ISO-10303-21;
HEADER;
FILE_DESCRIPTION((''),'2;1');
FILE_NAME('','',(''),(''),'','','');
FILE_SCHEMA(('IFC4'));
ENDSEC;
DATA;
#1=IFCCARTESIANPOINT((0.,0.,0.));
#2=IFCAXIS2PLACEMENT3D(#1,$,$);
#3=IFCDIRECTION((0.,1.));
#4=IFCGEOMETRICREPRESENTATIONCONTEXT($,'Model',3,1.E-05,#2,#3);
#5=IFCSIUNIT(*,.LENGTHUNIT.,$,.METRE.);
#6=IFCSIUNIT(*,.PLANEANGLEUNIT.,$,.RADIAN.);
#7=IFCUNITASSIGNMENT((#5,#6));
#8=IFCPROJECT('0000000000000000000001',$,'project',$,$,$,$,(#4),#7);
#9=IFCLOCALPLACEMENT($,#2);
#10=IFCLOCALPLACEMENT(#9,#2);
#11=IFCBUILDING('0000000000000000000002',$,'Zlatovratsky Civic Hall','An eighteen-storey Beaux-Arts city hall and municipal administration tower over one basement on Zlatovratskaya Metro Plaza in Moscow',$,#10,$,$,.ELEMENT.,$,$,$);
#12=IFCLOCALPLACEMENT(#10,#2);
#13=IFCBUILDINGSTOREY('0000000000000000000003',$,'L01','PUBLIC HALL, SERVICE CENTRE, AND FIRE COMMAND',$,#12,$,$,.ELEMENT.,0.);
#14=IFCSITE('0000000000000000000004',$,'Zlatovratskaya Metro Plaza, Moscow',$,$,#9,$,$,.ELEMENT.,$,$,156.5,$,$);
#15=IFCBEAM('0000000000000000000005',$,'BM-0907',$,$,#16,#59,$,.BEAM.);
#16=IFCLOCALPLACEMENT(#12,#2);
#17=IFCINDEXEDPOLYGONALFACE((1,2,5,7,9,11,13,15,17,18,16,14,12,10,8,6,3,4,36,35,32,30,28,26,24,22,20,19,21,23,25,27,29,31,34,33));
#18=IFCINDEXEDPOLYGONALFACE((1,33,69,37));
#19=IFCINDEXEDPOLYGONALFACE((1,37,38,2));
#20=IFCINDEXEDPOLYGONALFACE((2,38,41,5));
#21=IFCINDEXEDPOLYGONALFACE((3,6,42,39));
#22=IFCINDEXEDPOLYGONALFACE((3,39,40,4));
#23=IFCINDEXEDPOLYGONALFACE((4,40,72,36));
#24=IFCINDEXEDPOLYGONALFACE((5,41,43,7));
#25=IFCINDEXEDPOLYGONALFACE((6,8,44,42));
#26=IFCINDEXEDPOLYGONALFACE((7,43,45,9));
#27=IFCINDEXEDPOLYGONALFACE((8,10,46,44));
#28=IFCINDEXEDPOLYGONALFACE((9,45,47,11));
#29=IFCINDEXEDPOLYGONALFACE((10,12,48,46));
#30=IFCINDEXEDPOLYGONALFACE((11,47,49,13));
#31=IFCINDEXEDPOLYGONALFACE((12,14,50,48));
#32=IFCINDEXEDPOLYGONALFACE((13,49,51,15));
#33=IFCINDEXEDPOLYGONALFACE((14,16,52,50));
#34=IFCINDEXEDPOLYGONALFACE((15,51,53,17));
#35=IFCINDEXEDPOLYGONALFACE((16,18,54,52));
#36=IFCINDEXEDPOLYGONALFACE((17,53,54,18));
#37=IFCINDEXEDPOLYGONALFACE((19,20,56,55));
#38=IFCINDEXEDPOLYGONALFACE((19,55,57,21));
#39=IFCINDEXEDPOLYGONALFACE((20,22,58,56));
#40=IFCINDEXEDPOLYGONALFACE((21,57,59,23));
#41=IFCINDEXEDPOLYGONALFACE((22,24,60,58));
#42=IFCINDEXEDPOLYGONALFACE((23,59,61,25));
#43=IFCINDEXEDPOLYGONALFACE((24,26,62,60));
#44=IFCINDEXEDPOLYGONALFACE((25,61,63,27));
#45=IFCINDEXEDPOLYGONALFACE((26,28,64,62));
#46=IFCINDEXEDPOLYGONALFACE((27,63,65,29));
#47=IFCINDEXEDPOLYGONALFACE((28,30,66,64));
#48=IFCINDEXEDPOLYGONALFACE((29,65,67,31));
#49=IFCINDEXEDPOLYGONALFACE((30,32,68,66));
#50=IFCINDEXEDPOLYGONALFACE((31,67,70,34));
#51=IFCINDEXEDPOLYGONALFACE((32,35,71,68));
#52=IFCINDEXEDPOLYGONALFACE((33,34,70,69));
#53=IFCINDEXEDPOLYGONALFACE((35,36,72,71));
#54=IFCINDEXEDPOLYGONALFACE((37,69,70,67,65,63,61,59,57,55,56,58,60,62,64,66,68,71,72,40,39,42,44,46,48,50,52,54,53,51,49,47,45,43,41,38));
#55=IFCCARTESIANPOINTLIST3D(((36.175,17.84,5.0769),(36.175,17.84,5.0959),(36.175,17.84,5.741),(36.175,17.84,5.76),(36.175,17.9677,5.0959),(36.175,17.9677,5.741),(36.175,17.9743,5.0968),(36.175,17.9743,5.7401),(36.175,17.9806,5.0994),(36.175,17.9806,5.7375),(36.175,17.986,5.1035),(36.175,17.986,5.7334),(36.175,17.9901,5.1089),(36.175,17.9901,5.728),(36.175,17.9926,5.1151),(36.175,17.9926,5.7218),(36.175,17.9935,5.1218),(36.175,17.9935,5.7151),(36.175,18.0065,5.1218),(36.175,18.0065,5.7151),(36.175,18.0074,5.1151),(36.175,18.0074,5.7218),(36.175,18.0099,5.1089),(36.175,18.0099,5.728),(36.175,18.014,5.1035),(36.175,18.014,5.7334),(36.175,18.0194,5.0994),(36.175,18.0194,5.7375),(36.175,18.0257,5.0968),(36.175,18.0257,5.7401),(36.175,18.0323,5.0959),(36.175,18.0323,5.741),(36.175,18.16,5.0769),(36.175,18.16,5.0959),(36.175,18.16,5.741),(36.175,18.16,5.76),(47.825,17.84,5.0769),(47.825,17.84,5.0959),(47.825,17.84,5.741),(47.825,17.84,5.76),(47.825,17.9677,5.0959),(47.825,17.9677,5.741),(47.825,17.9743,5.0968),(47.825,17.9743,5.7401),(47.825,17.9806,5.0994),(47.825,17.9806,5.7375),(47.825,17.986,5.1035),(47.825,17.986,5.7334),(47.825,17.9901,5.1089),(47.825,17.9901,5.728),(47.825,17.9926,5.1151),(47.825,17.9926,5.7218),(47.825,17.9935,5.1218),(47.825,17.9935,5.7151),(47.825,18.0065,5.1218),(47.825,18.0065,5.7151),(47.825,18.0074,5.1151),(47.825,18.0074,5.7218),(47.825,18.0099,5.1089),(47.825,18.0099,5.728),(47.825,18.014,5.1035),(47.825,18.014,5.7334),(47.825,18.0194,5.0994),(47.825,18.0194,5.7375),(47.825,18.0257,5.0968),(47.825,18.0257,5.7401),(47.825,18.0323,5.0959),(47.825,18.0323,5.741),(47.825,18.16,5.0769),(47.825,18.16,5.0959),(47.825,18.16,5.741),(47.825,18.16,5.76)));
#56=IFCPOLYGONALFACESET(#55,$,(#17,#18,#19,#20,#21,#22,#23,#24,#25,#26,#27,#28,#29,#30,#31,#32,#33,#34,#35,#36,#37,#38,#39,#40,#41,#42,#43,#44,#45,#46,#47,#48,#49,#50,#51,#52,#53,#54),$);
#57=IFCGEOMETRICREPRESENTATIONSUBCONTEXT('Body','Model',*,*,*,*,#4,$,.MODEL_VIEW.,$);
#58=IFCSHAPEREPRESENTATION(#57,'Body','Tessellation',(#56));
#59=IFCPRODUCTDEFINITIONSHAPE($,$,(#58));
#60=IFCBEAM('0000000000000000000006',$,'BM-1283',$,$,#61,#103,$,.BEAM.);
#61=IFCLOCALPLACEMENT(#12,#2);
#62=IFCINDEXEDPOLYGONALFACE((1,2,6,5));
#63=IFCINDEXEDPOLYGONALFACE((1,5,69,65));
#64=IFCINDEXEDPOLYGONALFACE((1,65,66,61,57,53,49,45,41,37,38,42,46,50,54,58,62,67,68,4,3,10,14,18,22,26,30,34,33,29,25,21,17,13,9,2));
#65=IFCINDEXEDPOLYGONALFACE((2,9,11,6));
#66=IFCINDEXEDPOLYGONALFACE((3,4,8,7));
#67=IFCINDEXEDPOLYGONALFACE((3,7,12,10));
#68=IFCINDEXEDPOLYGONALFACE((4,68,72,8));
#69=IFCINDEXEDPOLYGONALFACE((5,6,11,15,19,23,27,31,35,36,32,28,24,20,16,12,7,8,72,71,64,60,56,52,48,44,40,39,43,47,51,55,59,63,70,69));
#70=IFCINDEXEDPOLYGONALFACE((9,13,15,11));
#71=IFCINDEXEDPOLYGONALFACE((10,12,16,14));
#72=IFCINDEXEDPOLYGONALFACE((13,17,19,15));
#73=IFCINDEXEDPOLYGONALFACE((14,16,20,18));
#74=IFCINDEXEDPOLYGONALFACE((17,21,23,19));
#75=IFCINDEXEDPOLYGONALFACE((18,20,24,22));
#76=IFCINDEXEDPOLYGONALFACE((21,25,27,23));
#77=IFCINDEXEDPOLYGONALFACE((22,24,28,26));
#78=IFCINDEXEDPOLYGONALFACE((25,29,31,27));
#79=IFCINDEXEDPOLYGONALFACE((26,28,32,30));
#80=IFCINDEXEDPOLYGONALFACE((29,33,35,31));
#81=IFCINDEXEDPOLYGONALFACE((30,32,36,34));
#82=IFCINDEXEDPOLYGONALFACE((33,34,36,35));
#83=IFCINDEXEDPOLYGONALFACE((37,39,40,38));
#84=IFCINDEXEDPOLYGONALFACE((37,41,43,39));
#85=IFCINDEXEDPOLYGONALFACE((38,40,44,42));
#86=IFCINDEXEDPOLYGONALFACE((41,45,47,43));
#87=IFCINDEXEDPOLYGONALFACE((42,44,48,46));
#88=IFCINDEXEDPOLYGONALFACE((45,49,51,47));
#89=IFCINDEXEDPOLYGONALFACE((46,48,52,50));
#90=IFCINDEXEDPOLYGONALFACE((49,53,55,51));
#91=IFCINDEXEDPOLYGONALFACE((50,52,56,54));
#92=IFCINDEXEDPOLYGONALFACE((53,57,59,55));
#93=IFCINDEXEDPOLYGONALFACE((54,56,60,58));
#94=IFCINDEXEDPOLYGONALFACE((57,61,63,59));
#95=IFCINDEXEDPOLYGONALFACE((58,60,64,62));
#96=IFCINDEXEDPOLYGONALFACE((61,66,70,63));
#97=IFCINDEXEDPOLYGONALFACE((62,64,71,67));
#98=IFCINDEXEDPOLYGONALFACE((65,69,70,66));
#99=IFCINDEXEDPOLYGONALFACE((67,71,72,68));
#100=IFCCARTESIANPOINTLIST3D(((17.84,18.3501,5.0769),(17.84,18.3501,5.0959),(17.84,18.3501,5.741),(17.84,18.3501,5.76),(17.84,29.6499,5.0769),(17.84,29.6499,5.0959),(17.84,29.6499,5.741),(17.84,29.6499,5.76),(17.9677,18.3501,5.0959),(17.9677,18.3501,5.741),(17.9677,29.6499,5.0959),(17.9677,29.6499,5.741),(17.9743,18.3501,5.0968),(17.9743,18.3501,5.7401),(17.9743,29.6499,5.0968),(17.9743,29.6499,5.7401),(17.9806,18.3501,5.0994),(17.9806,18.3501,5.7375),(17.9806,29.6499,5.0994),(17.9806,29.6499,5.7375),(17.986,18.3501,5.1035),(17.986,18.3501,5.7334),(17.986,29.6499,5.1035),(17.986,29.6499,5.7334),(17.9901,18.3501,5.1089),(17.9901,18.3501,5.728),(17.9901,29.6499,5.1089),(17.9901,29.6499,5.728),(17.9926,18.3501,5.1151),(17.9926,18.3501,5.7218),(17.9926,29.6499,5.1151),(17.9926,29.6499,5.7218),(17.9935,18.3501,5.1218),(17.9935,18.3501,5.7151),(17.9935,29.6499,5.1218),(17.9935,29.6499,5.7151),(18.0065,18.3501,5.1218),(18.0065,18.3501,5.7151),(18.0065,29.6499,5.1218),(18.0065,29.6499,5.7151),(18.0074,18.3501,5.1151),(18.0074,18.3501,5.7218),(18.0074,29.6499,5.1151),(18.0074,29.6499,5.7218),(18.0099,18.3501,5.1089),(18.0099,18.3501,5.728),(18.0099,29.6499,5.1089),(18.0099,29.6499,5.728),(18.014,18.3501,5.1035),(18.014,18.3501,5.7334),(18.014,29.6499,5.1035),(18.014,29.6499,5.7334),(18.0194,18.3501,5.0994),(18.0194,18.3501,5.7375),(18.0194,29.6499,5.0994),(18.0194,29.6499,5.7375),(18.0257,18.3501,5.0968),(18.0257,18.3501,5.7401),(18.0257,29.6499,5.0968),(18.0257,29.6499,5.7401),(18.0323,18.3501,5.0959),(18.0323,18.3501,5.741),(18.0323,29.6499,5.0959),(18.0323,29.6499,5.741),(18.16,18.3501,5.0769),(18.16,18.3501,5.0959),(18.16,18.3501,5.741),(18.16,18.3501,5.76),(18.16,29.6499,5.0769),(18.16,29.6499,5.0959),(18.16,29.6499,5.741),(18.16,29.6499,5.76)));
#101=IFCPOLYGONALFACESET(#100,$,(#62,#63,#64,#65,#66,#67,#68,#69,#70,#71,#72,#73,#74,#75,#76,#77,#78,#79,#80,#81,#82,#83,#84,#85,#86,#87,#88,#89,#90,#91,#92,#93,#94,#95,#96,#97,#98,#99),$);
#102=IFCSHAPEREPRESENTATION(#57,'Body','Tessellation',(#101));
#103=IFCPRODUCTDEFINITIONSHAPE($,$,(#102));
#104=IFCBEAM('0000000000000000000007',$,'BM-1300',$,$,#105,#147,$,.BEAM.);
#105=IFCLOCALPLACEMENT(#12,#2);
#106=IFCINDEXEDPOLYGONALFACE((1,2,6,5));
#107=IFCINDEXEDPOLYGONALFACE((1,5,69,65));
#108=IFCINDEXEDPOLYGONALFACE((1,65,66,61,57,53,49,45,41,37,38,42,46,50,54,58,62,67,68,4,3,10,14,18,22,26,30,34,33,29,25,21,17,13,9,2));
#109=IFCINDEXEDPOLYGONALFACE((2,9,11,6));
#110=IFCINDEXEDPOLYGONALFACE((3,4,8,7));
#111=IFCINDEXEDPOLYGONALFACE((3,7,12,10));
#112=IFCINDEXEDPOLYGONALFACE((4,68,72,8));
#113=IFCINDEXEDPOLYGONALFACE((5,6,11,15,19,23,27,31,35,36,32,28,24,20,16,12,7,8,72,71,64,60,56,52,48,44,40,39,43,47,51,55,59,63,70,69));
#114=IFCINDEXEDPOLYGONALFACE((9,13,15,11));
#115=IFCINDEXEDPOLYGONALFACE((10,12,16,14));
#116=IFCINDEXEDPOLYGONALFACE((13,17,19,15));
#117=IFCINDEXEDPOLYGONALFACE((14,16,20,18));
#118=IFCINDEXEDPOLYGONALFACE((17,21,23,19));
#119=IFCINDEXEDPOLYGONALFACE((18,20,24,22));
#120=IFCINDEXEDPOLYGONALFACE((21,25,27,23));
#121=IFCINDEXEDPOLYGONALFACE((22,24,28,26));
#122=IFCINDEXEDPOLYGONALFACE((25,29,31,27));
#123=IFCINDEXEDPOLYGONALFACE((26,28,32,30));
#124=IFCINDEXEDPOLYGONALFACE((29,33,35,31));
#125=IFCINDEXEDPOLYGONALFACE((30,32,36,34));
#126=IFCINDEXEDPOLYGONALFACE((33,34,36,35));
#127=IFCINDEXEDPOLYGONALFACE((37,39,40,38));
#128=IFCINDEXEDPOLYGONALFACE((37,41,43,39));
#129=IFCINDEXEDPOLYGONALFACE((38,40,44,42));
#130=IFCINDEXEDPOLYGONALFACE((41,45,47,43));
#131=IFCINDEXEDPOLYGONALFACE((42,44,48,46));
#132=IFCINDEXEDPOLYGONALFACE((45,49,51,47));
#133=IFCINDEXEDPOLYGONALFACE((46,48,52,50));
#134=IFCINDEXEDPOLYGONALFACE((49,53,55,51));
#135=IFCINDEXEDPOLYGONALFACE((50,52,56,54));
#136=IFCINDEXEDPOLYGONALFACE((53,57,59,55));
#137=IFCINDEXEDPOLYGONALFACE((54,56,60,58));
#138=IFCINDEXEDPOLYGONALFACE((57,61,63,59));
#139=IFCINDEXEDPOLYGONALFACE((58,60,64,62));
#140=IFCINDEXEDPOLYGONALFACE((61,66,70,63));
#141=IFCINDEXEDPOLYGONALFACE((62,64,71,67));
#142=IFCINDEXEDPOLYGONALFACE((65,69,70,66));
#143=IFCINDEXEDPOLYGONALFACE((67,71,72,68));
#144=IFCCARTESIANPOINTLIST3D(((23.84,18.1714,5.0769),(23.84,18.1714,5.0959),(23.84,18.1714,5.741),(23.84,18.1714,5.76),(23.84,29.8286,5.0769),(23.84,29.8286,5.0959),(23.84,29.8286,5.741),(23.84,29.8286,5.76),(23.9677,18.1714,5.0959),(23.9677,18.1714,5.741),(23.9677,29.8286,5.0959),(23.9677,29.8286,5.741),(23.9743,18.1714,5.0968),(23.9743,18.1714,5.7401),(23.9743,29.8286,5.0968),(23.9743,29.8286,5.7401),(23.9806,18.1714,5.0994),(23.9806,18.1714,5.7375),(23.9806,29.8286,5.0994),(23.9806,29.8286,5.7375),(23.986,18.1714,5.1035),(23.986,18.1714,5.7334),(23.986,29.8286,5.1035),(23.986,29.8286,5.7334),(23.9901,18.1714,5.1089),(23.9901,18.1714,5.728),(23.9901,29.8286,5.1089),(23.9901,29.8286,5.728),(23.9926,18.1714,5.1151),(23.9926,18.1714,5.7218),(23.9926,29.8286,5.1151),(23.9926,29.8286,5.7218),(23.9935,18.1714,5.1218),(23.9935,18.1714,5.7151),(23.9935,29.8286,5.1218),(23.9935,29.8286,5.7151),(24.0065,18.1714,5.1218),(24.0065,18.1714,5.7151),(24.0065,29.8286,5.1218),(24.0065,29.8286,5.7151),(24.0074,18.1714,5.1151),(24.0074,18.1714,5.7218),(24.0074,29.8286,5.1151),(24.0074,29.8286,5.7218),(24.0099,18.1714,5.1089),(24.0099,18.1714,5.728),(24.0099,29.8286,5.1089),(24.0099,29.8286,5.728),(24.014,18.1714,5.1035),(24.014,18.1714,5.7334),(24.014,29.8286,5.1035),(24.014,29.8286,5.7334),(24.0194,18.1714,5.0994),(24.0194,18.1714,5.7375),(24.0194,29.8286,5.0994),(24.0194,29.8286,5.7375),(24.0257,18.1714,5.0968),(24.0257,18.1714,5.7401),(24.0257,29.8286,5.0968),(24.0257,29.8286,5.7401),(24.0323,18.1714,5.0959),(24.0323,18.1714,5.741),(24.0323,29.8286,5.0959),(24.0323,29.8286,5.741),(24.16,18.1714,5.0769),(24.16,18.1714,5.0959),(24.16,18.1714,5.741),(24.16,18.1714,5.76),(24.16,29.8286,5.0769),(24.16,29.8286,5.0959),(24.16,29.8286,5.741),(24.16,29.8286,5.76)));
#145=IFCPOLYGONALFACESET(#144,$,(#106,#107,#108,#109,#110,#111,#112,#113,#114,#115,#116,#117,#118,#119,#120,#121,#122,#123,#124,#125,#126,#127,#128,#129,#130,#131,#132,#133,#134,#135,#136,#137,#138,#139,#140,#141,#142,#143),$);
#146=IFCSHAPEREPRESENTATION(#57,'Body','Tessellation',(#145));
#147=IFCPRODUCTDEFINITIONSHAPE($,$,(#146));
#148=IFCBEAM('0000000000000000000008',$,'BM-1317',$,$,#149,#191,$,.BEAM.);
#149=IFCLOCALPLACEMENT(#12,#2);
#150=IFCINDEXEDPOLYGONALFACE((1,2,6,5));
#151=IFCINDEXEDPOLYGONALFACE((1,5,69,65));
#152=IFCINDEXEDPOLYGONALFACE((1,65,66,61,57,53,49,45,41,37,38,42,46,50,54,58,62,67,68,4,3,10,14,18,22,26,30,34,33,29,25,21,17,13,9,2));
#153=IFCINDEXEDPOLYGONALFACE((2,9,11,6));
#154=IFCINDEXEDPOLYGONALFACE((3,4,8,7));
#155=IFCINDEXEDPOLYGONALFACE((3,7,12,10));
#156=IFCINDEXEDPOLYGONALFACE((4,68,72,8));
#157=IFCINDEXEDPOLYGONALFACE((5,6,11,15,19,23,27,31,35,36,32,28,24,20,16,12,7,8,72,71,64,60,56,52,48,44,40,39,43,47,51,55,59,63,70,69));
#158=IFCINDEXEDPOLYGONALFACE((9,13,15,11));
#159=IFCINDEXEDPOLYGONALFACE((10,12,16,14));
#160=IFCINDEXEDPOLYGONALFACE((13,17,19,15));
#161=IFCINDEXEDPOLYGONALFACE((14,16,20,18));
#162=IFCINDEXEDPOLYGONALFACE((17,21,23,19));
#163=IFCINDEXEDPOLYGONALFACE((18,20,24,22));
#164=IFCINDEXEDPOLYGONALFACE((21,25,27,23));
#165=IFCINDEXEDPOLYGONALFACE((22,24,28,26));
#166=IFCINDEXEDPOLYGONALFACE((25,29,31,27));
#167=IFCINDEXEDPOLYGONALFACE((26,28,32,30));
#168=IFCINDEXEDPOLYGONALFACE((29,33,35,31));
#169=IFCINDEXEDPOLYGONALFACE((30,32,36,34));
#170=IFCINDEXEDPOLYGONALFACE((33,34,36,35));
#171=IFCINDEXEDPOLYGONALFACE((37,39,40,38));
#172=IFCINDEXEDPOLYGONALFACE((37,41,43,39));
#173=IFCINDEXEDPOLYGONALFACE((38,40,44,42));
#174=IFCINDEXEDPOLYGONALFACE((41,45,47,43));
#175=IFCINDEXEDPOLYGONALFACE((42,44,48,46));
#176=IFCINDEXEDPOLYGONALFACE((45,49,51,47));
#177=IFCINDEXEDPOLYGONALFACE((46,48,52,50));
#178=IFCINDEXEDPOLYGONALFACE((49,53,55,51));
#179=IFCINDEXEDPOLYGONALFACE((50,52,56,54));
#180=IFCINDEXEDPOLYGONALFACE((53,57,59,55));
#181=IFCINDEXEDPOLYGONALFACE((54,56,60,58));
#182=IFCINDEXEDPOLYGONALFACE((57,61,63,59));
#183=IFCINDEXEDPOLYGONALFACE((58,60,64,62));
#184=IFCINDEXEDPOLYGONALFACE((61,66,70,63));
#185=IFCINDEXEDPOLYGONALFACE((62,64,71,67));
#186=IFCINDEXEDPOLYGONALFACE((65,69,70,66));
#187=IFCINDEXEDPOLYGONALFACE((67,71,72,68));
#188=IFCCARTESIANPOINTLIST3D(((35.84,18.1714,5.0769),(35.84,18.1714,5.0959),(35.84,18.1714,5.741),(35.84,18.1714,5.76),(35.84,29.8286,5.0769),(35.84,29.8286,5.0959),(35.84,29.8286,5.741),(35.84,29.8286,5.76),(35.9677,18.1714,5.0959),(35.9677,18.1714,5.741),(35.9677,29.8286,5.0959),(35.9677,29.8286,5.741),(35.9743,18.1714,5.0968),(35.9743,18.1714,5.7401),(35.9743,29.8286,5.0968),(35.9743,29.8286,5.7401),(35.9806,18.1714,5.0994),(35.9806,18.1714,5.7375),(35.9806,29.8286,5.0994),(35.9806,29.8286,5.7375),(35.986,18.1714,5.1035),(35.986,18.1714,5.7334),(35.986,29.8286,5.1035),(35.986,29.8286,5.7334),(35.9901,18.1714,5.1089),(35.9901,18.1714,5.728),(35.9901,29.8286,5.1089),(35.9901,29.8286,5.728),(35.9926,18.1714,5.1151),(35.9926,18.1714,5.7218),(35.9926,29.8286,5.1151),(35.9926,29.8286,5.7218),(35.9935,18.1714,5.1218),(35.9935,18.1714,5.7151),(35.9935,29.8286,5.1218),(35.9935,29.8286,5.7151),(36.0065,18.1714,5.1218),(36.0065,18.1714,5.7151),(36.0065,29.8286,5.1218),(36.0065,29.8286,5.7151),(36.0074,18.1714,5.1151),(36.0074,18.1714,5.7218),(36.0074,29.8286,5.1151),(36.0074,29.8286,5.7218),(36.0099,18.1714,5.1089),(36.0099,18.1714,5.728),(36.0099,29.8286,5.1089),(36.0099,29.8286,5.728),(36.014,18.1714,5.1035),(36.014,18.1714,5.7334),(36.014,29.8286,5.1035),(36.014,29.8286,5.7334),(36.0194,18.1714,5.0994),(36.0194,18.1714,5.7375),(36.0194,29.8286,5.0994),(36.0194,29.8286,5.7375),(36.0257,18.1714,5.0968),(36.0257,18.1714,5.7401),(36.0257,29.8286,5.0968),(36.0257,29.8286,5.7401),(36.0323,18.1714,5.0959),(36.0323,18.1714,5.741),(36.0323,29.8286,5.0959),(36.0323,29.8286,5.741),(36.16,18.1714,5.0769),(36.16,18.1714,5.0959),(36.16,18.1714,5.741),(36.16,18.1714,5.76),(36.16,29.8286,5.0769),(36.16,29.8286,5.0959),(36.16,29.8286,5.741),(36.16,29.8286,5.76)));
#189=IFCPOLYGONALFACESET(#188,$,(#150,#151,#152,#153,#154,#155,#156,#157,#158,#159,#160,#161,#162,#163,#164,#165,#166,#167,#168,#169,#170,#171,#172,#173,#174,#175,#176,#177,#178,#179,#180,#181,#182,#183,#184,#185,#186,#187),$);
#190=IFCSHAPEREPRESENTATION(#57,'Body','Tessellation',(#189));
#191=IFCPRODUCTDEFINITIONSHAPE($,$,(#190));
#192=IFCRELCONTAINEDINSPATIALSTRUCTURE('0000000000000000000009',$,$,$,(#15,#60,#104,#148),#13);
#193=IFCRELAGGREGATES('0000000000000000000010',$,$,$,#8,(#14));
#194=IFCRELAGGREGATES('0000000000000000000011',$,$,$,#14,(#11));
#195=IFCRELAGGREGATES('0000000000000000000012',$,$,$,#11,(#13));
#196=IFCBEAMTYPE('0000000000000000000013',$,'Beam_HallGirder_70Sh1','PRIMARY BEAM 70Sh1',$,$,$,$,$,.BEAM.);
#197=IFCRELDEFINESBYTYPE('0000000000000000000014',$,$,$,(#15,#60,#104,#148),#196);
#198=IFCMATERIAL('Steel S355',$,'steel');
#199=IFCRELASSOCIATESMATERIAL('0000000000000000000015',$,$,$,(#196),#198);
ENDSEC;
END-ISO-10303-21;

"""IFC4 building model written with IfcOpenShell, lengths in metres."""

from ifc_helpers import new_model, si_unit, direction, frame, origin, origin_2d, place, context, subcontext, project, spatial, i_section, extrude, material, material_profile, profile_set, type_object, element, save


model = new_model("IFC4")

# Units and contexts
model_context = context("Model", 3, precision=1e-05, world=origin(), true_north=direction((0.0, 1.0)))
body_context = subcontext(model_context, "Body", "Model", "MODEL_VIEW")
ifc_project = project(units=[si_unit("LENGTHUNIT", "METRE"), si_unit("PLANEANGLEUNIT", "RADIAN")], contexts=[model_context])

# Site, building, storey
site_placement = place(None, origin())
site = spatial("IfcSite", under=ifc_project, at=site_placement, Name="Zlatovratskaya Metro Plaza, Moscow", CompositionType="ELEMENT", RefElevation=156.5)
building_placement = place(site_placement, origin())
building = spatial("IfcBuilding", under=site, at=building_placement, Name="Zlatovratsky Civic Hall", Description="An eighteen-storey Beaux-Arts city hall and municipal administration tower over one basement on Zlatovratskaya Metro Plaza in Moscow", CompositionType="ELEMENT")
storey_placement = place(building_placement, origin())
storey = spatial("IfcBuildingStorey", under=building, at=storey_placement, Name="L01", Description="PUBLIC HALL, SERVICE CENTRE, AND FIRE COMMAND", CompositionType="ELEMENT", Elevation=0.0)

# Shared definitions
ifc_material_1 = material(Name="Steel S355", Category="steel")

# Beams
ifc_material_profile_1 = material_profile(ifc_material_1, i_section(OverallWidth=0.3201, OverallDepth=0.6831, WebThickness=0.0129, FlangeThickness=0.019, FilletRadius=0.0259, at=origin_2d()), Name="70Sh1")
ifc_profile_set_1 = profile_set([ifc_material_profile_1], Name="Steel S355")
beam_type_1 = type_object("IfcBeamType", Name="Beam_HallGirder_70Sh1", Description="PRIMARY BEAM 70Sh1", PredefinedType="BEAM", material=ifc_profile_set_1)
for number, where, z_axis, x_axis, name in (
    (1, (36.175, 18.0, 5.4185), (1.0, 0.0, 0.0), (0.0, 1.0, 0.0), "BM-0907"),
):
    element("IfcBeam", number, at=place(storey_placement, frame(where, z_axis=z_axis, x_axis=x_axis)), inside=storey, type_object=beam_type_1, Name=name, PredefinedType="BEAM", context=body_context, shape_type="SweptSolid", body=[
        extrude(i_section(OverallWidth=0.3201, OverallDepth=0.6831, WebThickness=0.0129, FlangeThickness=0.019, FilletRadius=0.0259, at=origin_2d()), origin(), (0.0, 0.0, 1.0), 11.6499),
    ])
beam_1_placement = place(storey_placement, frame((18.0, 18.3501, 5.4185), z_axis=(0.0, 1.0, 0.0), x_axis=(-1.0, 0.0, 0.0)))
element("IfcBeam", 2, at=beam_1_placement, inside=storey, type_object=beam_type_1, Name="BM-1283", PredefinedType="BEAM", context=body_context, shape_type="SweptSolid", body=[
    extrude(i_section(OverallWidth=0.3201, OverallDepth=0.6831, WebThickness=0.0129, FlangeThickness=0.019, FilletRadius=0.0259, at=origin_2d()), origin(), (0.0, 0.0, 1.0), 11.2998),
])
for number, where, z_axis, x_axis, name in (
    (3, (24.0, 18.1714, 5.4185), (0.0, 1.0, 0.0), (-1.0, 0.0, 0.0), "BM-1300"),
    (4, (36.0, 18.1714, 5.4185), (0.0, 1.0, 0.0), (-1.0, 0.0, 0.0), "BM-1317"),
):
    element("IfcBeam", number, at=place(storey_placement, frame(where, z_axis=z_axis, x_axis=x_axis)), inside=storey, type_object=beam_type_1, Name=name, PredefinedType="BEAM", context=body_context, shape_type="SweptSolid", body=[
        extrude(i_section(OverallWidth=0.3201, OverallDepth=0.6831, WebThickness=0.0129, FlangeThickness=0.019, FilletRadius=0.0259, at=origin_2d()), origin(), (0.0, 0.0, 1.0), 11.6572),
    ])

save(model, "model.ifc")
